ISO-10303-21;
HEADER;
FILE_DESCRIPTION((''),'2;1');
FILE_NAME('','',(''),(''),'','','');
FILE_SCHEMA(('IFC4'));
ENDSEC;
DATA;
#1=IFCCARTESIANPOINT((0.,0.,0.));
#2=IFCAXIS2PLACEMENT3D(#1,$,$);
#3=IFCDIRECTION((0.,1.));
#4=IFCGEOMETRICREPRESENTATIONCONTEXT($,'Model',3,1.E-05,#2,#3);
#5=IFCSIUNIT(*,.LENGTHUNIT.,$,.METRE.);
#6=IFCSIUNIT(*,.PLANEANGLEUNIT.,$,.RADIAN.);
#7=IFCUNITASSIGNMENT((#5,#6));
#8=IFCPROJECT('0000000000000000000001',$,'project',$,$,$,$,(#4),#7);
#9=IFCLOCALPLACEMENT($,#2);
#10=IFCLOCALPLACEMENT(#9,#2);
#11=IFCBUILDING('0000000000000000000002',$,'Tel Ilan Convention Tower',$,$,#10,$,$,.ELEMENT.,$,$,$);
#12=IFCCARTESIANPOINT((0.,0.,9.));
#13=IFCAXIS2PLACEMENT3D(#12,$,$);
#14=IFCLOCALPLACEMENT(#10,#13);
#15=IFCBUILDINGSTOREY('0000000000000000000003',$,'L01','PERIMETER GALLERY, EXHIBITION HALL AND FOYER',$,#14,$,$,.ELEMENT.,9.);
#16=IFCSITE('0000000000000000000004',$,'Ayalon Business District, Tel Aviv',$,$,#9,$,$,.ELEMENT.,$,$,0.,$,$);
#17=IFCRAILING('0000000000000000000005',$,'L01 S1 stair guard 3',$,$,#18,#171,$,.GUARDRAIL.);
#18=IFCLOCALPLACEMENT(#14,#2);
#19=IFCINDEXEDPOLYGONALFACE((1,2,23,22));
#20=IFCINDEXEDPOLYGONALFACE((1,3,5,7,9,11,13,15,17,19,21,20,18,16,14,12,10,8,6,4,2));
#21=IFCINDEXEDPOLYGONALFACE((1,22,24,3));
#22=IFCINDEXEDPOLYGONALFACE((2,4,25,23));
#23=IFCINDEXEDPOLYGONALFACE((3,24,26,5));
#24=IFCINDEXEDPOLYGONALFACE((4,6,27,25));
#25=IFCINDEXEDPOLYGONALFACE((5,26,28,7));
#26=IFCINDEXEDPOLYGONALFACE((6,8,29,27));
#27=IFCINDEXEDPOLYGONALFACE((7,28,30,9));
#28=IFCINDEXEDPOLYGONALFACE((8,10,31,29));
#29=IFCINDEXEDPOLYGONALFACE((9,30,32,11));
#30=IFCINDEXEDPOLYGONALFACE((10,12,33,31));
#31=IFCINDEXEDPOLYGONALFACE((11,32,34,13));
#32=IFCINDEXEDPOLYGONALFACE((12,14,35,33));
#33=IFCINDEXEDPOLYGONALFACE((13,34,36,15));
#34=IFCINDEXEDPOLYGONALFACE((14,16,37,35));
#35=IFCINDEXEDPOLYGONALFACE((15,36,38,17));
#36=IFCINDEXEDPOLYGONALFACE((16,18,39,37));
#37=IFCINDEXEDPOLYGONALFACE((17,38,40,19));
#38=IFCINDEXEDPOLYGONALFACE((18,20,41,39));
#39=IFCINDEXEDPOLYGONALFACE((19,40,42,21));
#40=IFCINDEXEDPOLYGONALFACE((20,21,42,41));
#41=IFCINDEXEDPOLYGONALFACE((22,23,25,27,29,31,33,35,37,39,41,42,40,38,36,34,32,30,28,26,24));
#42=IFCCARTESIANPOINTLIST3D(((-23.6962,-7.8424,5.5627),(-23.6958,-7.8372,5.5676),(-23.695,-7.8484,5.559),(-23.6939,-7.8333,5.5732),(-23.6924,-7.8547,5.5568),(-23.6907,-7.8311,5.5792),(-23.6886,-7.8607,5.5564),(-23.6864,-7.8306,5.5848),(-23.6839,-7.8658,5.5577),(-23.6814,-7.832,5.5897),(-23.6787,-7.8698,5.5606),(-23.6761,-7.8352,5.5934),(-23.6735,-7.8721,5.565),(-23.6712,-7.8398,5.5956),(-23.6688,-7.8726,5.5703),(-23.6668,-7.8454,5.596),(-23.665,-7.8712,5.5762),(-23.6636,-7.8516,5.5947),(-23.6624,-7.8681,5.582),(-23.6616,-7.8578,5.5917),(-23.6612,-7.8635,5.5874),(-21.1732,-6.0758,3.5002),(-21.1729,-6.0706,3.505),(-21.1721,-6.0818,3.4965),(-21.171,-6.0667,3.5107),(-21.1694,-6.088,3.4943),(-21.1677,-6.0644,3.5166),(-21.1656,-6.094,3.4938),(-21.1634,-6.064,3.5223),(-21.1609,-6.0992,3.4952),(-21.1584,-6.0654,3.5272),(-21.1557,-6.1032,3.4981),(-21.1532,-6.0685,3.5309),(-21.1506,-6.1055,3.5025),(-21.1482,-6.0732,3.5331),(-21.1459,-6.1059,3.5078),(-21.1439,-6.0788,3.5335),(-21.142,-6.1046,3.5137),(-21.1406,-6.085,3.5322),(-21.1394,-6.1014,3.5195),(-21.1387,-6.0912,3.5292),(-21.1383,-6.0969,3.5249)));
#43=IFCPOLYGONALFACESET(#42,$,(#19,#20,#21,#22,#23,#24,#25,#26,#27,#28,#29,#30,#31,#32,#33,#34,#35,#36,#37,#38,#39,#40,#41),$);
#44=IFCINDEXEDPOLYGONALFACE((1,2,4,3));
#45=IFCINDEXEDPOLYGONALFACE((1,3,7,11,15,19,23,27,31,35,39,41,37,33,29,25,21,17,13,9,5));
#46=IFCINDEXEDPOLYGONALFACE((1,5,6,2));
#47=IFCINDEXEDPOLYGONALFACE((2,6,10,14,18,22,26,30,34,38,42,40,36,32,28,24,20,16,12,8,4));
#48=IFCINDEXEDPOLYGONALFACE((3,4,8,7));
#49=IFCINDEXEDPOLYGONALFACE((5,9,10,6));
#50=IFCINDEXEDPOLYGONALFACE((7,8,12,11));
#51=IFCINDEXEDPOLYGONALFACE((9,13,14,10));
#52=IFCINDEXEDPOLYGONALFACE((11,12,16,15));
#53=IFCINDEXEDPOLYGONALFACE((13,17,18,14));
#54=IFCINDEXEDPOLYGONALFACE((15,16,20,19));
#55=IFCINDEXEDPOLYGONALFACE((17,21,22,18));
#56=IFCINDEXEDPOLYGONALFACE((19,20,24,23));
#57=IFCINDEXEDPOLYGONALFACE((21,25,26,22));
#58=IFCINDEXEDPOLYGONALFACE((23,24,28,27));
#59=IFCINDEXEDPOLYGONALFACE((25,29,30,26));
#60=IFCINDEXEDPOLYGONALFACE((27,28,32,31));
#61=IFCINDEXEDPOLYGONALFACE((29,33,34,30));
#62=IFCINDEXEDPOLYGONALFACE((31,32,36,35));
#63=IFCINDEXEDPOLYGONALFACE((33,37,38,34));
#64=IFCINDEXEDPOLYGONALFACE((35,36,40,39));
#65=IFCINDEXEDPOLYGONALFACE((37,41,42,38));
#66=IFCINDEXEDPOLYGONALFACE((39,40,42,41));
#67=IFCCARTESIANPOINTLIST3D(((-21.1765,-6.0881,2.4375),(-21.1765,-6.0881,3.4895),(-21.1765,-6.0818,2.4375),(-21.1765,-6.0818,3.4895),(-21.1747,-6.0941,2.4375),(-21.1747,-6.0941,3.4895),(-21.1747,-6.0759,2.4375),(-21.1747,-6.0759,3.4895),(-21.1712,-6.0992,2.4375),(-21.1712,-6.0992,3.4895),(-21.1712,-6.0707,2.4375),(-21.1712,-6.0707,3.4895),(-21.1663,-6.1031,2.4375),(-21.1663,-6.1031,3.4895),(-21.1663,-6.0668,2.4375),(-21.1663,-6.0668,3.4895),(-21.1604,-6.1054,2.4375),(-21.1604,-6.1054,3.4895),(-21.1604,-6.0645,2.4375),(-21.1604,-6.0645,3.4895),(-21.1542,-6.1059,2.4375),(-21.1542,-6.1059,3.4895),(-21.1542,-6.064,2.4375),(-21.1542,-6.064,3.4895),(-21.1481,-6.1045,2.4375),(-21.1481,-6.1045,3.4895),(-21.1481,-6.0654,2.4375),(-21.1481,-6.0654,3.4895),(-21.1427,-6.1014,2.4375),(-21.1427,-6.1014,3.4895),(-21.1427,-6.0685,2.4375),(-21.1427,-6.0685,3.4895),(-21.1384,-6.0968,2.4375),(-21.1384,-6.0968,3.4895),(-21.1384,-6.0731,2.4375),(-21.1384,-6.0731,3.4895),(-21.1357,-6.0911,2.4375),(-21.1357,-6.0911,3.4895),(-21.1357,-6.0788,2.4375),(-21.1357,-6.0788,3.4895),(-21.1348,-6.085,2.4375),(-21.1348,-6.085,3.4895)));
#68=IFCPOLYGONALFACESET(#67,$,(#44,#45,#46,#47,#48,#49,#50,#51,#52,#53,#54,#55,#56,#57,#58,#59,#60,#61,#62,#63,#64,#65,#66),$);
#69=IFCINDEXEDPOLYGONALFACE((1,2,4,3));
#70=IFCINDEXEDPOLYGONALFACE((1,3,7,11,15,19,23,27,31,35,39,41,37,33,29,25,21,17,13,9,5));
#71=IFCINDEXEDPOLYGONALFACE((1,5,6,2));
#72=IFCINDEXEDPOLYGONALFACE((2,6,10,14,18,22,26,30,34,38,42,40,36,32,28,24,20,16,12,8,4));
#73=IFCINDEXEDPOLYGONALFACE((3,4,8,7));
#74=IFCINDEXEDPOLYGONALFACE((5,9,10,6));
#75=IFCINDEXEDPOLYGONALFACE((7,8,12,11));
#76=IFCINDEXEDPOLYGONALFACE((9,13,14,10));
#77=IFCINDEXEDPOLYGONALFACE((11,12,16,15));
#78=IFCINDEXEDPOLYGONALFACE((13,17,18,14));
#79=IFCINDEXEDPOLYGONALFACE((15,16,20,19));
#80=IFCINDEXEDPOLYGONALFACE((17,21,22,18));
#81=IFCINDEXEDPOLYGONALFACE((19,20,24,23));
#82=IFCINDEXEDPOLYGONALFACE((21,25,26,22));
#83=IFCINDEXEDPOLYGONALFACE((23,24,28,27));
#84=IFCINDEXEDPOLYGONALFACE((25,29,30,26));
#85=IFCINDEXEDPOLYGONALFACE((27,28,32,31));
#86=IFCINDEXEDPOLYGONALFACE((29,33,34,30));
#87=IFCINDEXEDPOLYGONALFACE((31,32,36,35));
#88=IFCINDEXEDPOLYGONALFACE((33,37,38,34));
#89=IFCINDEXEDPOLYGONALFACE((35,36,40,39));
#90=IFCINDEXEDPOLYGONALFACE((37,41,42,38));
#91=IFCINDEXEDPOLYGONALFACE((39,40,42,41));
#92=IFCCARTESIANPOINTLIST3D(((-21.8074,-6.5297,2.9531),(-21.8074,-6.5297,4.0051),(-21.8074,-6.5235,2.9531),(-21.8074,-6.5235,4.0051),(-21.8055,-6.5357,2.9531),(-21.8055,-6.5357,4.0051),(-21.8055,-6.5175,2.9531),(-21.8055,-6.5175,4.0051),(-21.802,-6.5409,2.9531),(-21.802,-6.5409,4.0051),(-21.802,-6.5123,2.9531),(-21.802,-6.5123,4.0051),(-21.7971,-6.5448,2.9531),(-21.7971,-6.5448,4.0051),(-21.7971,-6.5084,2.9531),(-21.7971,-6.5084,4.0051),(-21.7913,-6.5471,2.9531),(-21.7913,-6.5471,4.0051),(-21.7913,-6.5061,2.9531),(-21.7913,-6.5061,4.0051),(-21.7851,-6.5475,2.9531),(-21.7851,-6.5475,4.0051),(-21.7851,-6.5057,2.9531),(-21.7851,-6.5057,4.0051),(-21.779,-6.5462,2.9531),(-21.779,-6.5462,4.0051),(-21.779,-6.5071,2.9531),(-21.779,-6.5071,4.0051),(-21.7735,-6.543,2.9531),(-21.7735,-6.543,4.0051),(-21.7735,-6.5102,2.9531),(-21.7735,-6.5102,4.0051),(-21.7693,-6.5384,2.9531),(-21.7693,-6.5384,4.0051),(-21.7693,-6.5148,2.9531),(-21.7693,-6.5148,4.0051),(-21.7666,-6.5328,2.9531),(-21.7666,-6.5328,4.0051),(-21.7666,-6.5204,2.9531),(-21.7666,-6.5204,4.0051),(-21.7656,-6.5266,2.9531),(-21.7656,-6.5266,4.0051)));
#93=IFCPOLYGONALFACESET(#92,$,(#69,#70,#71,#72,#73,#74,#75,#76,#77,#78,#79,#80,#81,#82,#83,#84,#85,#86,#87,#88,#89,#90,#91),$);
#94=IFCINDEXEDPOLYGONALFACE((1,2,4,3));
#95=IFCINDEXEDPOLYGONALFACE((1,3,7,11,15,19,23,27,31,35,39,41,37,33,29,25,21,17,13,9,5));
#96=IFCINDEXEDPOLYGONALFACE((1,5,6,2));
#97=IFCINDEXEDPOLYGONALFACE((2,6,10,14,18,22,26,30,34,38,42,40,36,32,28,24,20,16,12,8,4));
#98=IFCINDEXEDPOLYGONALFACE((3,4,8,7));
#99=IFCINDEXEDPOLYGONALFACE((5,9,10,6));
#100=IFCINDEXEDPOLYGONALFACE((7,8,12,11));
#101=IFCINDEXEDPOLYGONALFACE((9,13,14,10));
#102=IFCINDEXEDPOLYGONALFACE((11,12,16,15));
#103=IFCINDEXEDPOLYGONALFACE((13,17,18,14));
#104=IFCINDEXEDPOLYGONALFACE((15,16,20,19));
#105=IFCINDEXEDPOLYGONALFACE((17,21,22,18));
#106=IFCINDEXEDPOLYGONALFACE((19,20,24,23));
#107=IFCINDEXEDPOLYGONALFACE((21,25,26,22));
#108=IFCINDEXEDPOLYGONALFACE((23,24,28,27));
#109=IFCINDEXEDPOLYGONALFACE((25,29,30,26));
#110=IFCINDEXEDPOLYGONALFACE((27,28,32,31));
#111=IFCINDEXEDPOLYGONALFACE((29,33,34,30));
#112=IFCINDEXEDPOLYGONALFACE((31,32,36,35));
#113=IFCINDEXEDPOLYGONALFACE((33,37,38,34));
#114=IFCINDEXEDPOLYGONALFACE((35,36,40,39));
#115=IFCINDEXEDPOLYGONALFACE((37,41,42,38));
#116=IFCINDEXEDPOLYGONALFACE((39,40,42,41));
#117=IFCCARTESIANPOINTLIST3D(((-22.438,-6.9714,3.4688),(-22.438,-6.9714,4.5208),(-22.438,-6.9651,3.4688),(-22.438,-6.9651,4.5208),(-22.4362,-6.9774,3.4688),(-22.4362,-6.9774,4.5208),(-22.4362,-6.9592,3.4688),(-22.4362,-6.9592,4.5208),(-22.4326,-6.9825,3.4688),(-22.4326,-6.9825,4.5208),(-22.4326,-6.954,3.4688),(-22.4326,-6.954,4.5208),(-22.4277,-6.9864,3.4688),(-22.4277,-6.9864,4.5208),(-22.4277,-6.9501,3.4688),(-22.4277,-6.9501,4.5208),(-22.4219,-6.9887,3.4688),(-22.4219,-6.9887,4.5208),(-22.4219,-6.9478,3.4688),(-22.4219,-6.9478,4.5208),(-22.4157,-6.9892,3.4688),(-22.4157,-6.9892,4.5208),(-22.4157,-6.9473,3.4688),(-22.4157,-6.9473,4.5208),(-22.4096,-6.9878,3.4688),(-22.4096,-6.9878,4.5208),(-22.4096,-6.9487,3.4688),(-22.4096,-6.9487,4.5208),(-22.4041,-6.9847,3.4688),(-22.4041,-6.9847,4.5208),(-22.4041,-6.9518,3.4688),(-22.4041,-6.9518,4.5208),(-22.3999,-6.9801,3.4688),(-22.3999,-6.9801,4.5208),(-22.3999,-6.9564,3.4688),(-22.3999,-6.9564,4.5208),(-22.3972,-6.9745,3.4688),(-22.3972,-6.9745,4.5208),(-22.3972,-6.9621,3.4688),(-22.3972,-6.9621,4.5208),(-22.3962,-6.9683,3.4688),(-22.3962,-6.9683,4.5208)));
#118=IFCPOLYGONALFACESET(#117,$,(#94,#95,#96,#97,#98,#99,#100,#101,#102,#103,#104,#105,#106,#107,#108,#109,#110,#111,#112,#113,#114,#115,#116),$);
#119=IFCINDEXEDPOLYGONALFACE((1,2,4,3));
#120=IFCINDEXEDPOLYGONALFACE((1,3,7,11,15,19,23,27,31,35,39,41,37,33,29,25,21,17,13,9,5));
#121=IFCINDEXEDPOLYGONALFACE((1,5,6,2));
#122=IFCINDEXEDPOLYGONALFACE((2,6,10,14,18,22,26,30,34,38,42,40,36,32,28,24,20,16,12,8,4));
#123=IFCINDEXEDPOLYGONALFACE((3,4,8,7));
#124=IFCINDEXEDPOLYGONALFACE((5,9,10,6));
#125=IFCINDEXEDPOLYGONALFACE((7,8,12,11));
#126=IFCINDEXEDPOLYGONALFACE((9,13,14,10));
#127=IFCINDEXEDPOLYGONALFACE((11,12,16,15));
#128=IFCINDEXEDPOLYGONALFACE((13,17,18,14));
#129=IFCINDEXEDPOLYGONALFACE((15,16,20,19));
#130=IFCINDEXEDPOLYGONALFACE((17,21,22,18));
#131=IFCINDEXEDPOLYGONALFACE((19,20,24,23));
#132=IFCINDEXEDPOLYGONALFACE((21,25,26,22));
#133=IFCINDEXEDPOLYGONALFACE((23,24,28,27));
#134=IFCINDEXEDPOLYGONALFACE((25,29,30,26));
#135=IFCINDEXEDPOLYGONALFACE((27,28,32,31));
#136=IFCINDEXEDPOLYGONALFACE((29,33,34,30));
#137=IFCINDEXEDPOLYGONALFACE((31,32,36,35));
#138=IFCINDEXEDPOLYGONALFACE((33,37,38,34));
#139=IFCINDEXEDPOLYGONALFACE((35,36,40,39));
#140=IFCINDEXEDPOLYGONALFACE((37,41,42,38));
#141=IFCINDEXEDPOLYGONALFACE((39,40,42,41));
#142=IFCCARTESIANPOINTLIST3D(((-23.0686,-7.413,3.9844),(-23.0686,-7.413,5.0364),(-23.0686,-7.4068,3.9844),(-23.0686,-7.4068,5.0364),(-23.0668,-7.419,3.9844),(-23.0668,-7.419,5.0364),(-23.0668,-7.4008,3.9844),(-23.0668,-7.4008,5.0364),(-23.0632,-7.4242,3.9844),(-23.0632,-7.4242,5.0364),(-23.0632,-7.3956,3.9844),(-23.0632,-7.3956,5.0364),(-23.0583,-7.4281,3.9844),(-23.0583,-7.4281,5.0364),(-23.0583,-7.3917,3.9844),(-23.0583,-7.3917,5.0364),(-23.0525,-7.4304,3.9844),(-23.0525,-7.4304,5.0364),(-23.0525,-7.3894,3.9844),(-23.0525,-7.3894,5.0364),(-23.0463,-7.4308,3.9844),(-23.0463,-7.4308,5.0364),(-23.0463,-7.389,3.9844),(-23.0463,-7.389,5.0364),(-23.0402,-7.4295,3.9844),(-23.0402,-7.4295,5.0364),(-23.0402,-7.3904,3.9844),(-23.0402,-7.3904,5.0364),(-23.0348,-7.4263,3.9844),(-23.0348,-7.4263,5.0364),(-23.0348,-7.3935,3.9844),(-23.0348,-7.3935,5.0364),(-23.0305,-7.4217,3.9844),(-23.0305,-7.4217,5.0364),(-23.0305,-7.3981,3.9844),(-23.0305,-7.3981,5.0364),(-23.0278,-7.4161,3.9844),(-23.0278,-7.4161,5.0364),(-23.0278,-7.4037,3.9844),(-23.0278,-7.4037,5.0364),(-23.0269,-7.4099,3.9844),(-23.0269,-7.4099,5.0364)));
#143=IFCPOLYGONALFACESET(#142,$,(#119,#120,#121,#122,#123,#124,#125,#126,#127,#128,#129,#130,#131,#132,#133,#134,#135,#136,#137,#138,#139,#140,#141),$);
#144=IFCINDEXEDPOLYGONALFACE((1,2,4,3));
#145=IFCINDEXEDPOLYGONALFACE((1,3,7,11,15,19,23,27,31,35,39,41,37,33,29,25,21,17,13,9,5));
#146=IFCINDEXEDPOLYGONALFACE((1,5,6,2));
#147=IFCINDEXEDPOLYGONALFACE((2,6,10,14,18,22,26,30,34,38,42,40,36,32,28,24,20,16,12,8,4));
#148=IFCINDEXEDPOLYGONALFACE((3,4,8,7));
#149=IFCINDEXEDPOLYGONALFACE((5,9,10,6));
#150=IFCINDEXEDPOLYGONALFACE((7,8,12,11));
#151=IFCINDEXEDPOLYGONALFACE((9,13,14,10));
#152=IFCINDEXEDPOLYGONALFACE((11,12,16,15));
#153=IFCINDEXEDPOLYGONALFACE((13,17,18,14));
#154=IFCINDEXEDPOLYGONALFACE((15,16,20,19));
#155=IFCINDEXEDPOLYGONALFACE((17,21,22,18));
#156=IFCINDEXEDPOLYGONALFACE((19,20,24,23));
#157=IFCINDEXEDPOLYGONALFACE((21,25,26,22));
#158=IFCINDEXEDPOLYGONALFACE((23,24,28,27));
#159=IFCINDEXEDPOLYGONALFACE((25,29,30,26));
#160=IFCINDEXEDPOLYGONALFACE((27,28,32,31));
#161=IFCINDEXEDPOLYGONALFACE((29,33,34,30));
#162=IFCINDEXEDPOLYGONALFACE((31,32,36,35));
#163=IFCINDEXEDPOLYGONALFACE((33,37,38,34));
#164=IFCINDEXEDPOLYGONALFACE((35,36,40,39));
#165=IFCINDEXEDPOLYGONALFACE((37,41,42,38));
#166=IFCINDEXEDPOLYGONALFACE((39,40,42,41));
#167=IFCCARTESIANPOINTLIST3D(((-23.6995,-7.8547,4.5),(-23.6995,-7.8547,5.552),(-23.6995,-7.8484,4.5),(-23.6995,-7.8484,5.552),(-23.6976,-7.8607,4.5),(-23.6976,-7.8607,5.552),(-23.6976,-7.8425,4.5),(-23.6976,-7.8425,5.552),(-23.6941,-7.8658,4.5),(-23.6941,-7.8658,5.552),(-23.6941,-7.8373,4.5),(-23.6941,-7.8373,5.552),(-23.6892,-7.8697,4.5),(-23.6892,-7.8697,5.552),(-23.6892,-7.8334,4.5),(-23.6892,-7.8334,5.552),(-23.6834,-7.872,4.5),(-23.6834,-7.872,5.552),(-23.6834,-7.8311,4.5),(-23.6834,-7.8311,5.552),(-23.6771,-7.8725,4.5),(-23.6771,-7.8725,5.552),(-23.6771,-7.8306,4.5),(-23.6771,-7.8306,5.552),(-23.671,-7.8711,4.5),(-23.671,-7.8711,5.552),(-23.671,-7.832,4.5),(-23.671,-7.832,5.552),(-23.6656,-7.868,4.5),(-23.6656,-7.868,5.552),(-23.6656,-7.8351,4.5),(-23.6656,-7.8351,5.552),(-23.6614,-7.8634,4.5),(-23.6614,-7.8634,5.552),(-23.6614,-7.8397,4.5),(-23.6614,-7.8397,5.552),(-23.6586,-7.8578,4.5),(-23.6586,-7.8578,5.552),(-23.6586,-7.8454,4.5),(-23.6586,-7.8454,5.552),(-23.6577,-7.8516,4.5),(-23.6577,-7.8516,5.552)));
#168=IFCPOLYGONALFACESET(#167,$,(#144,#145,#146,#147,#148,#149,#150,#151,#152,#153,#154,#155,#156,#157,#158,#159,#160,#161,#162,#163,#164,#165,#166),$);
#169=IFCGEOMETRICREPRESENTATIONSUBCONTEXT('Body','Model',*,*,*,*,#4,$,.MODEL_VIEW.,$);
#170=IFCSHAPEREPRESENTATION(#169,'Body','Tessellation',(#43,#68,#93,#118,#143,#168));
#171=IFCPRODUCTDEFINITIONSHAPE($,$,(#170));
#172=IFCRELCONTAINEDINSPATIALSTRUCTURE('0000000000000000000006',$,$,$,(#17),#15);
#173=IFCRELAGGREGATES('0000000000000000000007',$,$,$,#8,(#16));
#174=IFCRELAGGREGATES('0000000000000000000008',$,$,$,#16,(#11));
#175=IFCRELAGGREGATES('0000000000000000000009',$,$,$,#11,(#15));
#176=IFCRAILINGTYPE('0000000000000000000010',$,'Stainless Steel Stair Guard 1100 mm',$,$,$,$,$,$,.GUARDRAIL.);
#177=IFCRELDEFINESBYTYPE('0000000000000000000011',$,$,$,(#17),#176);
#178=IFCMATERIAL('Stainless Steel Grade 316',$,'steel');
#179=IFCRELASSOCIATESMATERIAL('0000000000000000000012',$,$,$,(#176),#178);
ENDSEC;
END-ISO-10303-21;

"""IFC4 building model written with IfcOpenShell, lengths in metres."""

from ifc_helpers import new_model, si_unit, direction, frame, origin, origin_2d, place, context, subcontext, project, spatial, circle, extrude, material, type_object, element, save


model = new_model("IFC4")

# Units and contexts
model_context = context("Model", 3, precision=1e-05, world=origin(), true_north=direction((0.0, 1.0)))
body_context = subcontext(model_context, "Body", "Model", "MODEL_VIEW")
ifc_project = project(units=[si_unit("LENGTHUNIT", "METRE"), si_unit("PLANEANGLEUNIT", "RADIAN")], contexts=[model_context])

# Site, building, storey
site_placement = place(None, origin())
site = spatial("IfcSite", under=ifc_project, at=site_placement, Name="Ayalon Business District, Tel Aviv", CompositionType="ELEMENT", RefElevation=0.0)
building_placement = place(site_placement, origin())
building = spatial("IfcBuilding", under=site, at=building_placement, Name="Tel Ilan Convention Tower", CompositionType="ELEMENT")
storey_placement = place(building_placement, frame((0.0, 0.0, 9.0)))
storey = spatial("IfcBuildingStorey", under=building, at=storey_placement, Name="L01", Description="PERIMETER GALLERY, EXHIBITION HALL AND FOYER", CompositionType="ELEMENT", Elevation=9.0)

# Railing
ifc_material_1 = material(Name="Stainless Steel Grade 316", Category="steel")
railing_type_1 = type_object("IfcRailingType", Name="Stainless Steel Stair Guard 1100 mm", PredefinedType="GUARDRAIL", material=ifc_material_1)
railing_1_placement = place(storey_placement, frame((-21.1558, -6.085, 2.4375)))
element("IfcRailing", 1, at=railing_1_placement, inside=storey, type_object=railing_type_1, Name="L01 S1 stair guard 3", PredefinedType="GUARDRAIL", context=body_context, shape_type="SweptSolid", body=[
    extrude(circle(Radius=0.0239, at=origin_2d()), frame((0.0, 0.0, 1.0762), z_axis=(-0.680635, -0.476589, 0.556416), x_axis=(0.573579, -0.81915, 0.0)), (0.0, 0.0, 1.0), 3.7068),
    extrude(circle(Radius=0.021, at=origin_2d()), origin(), (0.0, 0.0, 1.0), 1.052),
    extrude(circle(Radius=0.021, at=origin_2d()), frame((-0.6309, -0.4417, 0.5156)), (0.0, 0.0, 1.0), 1.052),
    extrude(circle(Radius=0.021, at=origin_2d()), frame((-1.2615, -0.8833, 1.0312)), (0.0, 0.0, 1.0), 1.052),
    extrude(circle(Radius=0.021, at=origin_2d()), frame((-1.8921, -1.325, 1.5469)), (0.0, 0.0, 1.0), 1.052),
    extrude(circle(Radius=0.021, at=origin_2d()), frame((-2.5229, -1.7666, 2.0625)), (0.0, 0.0, 1.0), 1.052),
])

save(model, "model.ifc")
